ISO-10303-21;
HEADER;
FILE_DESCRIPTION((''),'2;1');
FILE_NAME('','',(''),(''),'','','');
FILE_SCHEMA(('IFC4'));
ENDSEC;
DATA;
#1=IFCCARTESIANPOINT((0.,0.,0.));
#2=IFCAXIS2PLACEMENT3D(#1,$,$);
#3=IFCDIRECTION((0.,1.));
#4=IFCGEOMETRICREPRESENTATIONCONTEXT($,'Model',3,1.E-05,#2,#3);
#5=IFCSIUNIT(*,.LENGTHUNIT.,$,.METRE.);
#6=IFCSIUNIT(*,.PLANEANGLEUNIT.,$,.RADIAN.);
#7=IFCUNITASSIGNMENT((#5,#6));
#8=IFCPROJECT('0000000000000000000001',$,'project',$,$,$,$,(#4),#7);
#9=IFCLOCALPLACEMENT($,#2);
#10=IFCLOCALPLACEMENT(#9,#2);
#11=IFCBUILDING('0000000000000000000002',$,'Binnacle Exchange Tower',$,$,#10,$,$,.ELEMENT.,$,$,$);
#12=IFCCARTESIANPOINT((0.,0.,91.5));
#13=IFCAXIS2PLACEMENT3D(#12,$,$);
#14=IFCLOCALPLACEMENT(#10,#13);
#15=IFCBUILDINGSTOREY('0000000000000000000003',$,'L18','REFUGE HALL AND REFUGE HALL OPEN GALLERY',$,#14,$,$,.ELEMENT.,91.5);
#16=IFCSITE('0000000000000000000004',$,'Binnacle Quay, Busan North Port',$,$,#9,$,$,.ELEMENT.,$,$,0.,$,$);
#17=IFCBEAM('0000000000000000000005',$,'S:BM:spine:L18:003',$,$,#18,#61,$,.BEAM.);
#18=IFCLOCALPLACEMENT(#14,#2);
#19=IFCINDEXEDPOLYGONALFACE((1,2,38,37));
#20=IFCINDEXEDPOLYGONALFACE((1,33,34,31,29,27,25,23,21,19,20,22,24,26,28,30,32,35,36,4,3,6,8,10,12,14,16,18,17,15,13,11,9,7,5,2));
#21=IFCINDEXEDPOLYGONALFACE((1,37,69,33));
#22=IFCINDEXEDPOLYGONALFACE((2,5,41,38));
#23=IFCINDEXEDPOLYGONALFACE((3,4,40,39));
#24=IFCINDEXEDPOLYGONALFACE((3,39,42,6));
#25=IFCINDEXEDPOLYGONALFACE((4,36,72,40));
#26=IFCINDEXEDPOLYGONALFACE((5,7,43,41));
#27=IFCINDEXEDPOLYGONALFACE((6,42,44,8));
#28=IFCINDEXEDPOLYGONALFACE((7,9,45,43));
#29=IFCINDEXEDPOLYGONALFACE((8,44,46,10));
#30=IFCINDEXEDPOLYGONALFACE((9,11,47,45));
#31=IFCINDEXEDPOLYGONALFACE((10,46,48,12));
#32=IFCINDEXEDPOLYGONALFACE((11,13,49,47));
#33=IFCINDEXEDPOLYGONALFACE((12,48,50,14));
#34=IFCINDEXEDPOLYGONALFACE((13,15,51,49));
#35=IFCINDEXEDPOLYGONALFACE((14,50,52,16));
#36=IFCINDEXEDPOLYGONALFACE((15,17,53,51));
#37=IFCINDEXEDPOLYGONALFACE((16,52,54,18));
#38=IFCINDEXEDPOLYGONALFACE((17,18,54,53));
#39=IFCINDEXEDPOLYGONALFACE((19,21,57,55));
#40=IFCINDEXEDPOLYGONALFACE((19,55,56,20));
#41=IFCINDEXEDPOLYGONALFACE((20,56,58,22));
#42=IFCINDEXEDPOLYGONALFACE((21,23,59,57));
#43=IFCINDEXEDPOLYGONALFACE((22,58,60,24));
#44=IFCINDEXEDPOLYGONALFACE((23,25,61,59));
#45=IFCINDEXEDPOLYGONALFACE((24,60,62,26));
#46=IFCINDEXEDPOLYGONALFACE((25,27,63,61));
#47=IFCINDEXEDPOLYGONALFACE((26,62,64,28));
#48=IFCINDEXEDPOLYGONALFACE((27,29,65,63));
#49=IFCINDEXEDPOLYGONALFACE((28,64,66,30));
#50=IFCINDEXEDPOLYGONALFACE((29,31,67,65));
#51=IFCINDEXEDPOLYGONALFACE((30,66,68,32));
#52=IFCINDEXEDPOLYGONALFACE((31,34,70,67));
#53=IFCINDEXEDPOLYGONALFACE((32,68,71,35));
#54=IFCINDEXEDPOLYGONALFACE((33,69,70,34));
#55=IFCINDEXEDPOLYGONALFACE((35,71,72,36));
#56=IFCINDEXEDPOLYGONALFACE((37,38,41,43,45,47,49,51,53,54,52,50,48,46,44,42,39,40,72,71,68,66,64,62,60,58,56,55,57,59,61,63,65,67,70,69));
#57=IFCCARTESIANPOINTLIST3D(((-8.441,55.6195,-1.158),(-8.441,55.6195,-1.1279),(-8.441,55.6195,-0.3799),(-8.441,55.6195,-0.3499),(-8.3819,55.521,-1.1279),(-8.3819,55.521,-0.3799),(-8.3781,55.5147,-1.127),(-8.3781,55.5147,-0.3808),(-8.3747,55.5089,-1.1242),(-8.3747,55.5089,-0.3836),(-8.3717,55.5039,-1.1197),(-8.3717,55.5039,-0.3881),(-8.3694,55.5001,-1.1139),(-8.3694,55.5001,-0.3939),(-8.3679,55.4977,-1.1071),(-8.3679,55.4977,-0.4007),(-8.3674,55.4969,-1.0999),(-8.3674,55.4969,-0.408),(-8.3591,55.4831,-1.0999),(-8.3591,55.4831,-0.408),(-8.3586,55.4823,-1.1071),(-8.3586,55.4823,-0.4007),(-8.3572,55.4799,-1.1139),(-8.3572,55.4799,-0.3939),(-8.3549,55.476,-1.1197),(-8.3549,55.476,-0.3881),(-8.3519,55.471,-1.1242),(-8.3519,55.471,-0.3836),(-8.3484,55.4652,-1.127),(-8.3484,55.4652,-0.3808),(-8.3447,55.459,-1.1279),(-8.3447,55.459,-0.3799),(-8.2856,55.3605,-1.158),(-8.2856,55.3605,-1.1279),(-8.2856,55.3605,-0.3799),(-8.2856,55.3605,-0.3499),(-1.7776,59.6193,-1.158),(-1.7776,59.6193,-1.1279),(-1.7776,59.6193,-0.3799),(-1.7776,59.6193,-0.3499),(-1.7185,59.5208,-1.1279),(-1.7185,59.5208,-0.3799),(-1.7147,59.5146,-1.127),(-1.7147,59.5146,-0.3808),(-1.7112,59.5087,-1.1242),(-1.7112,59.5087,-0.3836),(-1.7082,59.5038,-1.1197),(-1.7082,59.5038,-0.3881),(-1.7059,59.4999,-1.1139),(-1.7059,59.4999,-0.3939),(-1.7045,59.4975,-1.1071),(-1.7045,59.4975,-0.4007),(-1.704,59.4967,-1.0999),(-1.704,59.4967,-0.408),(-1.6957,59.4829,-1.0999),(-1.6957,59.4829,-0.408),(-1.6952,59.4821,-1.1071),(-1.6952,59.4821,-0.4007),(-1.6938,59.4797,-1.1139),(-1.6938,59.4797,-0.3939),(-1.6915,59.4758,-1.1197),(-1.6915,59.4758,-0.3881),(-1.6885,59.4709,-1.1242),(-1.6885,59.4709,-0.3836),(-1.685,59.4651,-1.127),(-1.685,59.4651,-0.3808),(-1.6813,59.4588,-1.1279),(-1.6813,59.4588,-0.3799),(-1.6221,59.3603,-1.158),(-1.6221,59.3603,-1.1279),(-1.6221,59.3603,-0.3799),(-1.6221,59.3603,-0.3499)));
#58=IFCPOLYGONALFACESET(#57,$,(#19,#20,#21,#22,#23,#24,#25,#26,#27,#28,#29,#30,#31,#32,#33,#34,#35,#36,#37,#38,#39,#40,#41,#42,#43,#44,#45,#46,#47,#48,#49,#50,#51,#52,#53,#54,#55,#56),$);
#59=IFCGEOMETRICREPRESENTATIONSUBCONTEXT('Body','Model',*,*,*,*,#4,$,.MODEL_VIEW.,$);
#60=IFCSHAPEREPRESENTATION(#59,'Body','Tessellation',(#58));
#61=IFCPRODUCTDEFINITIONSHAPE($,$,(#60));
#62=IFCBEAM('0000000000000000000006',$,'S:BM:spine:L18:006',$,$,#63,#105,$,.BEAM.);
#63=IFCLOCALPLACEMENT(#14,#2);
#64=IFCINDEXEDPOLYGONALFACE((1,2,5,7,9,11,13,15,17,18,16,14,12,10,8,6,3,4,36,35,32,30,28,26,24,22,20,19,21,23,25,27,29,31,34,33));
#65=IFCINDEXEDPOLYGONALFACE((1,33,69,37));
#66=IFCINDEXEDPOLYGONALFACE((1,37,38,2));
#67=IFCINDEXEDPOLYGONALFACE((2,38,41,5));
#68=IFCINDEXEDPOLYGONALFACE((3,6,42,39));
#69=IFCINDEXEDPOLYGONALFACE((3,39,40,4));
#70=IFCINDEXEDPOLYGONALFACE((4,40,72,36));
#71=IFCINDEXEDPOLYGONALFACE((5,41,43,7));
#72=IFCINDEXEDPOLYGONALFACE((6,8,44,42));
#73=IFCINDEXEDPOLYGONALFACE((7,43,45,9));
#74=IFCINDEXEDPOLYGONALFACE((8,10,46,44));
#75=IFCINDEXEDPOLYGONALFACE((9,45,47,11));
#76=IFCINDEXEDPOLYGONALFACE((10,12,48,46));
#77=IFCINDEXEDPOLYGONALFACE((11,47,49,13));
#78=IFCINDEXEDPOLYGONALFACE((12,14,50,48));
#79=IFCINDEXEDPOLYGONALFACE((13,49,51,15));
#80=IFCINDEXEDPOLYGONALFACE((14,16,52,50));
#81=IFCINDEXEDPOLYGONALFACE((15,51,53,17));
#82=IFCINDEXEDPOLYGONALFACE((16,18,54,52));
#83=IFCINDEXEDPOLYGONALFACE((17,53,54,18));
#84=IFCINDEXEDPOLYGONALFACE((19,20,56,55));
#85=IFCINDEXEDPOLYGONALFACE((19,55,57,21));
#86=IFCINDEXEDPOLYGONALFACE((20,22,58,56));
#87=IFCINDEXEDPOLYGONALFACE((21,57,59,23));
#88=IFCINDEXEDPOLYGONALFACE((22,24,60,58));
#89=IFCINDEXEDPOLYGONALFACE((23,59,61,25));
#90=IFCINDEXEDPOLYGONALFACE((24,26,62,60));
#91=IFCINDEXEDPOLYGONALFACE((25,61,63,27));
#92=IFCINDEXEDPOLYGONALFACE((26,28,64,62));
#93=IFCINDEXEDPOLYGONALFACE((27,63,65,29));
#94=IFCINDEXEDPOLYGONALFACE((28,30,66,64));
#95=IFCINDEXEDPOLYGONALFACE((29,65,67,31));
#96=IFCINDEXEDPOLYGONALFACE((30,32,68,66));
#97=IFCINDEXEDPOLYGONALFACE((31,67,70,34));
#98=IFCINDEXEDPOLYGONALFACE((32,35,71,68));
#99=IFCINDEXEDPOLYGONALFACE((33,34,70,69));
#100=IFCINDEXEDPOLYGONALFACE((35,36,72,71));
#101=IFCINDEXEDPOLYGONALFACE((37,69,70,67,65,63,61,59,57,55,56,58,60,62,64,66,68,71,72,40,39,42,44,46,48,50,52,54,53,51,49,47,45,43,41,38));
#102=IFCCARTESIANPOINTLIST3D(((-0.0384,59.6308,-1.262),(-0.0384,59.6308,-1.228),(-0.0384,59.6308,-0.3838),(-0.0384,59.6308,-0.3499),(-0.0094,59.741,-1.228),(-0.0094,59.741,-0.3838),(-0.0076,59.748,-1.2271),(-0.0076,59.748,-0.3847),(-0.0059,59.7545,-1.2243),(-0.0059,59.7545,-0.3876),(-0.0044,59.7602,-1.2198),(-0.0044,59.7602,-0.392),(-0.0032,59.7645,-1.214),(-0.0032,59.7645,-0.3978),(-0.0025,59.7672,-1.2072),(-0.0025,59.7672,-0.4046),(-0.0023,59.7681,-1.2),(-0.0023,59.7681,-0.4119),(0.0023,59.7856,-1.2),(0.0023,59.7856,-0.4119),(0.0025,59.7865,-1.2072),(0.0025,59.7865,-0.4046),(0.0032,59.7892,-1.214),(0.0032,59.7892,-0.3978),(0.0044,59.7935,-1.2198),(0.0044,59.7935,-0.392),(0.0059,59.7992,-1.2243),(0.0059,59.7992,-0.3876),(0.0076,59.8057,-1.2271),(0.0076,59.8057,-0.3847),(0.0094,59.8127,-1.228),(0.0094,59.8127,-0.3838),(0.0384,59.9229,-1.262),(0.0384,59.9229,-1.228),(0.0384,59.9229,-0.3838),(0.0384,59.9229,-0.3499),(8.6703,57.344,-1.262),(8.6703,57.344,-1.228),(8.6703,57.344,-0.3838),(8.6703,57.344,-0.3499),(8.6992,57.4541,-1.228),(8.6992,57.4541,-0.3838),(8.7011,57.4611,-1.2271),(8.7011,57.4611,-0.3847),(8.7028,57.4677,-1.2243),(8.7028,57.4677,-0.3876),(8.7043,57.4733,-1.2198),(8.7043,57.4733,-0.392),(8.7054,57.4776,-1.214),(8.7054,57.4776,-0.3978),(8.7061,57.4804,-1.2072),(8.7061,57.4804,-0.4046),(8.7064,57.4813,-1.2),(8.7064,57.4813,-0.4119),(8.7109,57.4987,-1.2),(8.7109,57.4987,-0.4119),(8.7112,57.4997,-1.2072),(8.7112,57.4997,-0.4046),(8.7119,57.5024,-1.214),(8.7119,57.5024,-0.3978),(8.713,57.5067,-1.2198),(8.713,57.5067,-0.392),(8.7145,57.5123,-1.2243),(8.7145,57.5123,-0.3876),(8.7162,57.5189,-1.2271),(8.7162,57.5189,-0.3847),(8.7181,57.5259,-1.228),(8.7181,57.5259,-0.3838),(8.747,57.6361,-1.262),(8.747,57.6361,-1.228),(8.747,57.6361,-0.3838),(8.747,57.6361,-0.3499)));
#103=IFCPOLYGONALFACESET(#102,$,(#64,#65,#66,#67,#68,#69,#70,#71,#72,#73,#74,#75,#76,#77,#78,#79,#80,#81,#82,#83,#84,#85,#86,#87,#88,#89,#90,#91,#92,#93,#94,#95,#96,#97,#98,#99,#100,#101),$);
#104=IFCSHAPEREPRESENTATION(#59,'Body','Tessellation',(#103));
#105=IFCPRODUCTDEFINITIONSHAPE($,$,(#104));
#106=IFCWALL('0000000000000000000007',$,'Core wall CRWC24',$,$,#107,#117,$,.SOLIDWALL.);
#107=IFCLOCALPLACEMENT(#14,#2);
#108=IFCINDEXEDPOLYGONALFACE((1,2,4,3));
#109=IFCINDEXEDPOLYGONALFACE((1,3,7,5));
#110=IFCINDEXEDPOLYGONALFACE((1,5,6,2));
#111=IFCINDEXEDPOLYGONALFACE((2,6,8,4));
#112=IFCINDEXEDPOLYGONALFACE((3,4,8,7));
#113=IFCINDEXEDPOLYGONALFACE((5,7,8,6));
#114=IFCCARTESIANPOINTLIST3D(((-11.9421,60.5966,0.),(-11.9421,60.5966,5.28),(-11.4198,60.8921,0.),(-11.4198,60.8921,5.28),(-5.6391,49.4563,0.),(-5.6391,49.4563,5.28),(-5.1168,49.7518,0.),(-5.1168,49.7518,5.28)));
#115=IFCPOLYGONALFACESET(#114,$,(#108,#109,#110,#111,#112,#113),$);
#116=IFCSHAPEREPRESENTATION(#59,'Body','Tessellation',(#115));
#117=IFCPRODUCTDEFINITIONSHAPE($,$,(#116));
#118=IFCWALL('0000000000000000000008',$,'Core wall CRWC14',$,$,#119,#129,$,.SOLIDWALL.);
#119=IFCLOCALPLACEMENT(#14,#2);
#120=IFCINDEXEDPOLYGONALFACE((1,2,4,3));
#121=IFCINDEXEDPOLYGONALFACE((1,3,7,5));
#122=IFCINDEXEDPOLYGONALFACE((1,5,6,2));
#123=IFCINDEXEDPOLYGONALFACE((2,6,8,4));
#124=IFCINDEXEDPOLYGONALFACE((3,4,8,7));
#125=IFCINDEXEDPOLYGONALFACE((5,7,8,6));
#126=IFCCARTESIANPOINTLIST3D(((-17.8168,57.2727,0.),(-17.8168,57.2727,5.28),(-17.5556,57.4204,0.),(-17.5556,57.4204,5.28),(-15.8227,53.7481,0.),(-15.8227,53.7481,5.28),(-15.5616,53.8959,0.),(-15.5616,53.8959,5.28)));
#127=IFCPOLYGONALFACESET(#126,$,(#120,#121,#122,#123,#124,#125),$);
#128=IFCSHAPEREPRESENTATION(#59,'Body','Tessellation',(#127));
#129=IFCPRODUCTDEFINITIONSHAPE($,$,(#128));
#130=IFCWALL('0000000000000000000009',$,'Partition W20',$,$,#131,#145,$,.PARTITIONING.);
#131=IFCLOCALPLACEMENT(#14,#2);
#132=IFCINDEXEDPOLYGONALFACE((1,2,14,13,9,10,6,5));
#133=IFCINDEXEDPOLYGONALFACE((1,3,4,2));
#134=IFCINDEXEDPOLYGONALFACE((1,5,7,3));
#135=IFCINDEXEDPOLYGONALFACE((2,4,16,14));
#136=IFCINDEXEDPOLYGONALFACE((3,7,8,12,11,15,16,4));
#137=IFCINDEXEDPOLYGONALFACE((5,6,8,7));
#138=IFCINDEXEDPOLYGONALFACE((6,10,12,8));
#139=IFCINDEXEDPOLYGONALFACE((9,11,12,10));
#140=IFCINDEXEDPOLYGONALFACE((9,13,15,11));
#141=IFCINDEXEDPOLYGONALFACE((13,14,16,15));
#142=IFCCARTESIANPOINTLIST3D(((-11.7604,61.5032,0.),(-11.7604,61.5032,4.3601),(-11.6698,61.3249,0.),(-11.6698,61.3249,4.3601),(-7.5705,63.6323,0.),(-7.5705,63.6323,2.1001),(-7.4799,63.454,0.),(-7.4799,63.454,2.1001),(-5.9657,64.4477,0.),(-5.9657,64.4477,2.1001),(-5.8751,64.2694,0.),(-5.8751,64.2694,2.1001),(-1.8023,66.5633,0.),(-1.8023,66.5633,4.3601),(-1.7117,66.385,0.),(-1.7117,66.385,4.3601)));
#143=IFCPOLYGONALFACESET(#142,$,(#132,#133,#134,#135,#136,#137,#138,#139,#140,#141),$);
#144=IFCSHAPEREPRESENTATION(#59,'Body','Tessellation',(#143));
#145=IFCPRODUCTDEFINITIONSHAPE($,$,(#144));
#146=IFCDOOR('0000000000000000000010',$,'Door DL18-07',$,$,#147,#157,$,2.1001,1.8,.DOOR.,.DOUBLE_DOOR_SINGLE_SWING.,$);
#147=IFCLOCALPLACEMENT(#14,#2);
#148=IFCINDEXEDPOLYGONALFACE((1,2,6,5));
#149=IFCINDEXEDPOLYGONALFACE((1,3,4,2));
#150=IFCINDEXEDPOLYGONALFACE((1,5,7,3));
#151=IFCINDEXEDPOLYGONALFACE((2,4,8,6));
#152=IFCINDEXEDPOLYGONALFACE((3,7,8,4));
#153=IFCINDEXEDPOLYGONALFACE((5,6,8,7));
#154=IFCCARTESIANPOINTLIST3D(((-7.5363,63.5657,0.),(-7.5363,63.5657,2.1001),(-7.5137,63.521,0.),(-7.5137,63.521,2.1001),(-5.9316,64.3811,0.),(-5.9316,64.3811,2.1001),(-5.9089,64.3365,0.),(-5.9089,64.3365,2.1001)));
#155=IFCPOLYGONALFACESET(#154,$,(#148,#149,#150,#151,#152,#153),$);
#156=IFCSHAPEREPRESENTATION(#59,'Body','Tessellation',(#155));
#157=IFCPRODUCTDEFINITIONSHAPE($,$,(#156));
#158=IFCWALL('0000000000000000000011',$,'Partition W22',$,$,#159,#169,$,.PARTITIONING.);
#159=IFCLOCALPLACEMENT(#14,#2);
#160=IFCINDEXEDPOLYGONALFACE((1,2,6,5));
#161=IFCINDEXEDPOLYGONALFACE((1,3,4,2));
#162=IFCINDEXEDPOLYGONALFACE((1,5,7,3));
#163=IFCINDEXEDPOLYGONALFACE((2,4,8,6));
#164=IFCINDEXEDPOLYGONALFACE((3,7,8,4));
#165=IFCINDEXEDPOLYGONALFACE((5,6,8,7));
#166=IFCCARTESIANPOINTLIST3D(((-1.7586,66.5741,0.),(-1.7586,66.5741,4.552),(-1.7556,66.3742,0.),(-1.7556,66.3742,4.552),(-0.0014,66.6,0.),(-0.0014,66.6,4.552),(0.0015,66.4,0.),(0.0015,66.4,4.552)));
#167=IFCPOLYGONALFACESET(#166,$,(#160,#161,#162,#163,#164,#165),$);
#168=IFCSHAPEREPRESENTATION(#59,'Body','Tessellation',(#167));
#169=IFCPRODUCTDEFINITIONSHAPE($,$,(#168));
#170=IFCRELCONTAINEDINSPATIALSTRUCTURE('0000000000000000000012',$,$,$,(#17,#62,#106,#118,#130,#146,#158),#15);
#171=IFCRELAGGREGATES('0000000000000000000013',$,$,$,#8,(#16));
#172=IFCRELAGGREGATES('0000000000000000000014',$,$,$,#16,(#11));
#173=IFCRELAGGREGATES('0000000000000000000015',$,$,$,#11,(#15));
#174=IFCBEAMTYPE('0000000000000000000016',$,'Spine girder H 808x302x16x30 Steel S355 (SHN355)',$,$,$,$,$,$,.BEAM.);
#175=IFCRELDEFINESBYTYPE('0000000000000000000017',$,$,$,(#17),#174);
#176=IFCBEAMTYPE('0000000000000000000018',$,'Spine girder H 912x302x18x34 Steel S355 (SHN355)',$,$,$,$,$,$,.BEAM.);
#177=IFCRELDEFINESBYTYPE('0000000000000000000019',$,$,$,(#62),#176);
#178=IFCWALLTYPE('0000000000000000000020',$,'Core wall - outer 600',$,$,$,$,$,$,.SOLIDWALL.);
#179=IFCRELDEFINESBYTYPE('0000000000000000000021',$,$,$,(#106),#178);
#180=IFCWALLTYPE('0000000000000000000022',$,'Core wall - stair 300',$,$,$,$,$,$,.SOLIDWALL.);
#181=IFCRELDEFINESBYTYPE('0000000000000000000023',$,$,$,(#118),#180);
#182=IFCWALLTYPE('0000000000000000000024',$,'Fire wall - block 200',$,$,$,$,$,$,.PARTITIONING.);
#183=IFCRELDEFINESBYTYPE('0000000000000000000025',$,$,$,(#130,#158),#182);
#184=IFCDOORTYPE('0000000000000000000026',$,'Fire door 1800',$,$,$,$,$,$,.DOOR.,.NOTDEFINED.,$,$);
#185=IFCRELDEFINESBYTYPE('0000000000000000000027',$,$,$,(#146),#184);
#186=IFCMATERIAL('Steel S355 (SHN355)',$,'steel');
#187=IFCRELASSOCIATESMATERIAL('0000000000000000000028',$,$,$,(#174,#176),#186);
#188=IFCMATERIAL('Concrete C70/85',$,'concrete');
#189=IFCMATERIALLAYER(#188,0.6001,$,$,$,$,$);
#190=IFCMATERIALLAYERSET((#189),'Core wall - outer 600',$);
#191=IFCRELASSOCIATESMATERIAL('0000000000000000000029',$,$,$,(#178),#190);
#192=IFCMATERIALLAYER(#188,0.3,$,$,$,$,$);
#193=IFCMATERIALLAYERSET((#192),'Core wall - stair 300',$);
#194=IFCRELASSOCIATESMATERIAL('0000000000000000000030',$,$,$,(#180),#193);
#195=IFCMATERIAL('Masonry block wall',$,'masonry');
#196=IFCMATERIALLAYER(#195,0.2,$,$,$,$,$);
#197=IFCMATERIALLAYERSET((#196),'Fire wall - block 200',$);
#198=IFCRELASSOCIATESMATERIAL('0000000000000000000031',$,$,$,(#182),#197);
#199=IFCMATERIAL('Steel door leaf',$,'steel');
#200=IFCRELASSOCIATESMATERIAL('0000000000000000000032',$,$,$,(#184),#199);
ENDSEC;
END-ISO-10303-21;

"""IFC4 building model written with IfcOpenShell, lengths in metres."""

from ifc_helpers import new_model, si_unit, direction, frame, frame_2d, origin, origin_2d, place, context, subcontext, project, spatial, rectangle, i_section, extrude, material, layer, layer_set, material_profile, profile_set, type_object, element, fill, save


model = new_model("IFC4")

# Units and contexts
model_context = context("Model", 3, precision=1e-05, world=origin(), true_north=direction((0.0, 1.0)))
body_context = subcontext(model_context, "Body", "Model", "MODEL_VIEW")
ifc_project = project(units=[si_unit("LENGTHUNIT", "METRE"), si_unit("PLANEANGLEUNIT", "RADIAN")], contexts=[model_context])

# Site, building, storey
site_placement = place(None, origin())
site = spatial("IfcSite", under=ifc_project, at=site_placement, Name="Binnacle Quay, Busan North Port", CompositionType="ELEMENT", RefElevation=0.0)
building_placement = place(site_placement, origin())
building = spatial("IfcBuilding", under=site, at=building_placement, Name="Binnacle Exchange Tower", CompositionType="ELEMENT")
storey_placement = place(building_placement, frame((0.0, 0.0, 91.5)))
storey = spatial("IfcBuildingStorey", under=building, at=storey_placement, Name="L18", Description="REFUGE HALL AND REFUGE HALL OPEN GALLERY", CompositionType="ELEMENT", Elevation=91.5)

# Shared definitions
ifc_material_1 = material(Name="Concrete C70/85", Category="concrete")

# Beams
ifc_material_2 = material(Name="Steel S355 (SHN355)", Category="steel")
ifc_material_profile_1 = material_profile(ifc_material_2, i_section(OverallWidth=0.302, OverallDepth=0.8081, WebThickness=0.0161, FlangeThickness=0.03, FilletRadius=0.0281, at=origin_2d()), Name="H 808x302x16x30")
ifc_profile_set_1 = profile_set([ifc_material_profile_1], Name="Steel S355 (SHN355)")
beam_type_1 = type_object("IfcBeamType", Name="Spine girder H 808x302x16x30 Steel S355 (SHN355)", PredefinedType="BEAM", material=ifc_profile_set_1)
beam_1_placement = place(storey_placement, frame((-8.3633, 55.49, -0.7539), z_axis=(0.857393, 0.514662, 0.0), x_axis=(-0.514662, 0.857393, 0.0)))
element("IfcBeam", 1, at=beam_1_placement, inside=storey, type_object=beam_type_1, Name="S:BM:spine:L18:003", PredefinedType="BEAM", context=body_context, shape_type="SweptSolid", body=[
    extrude(i_section(OverallWidth=0.302, OverallDepth=0.8081, WebThickness=0.0161, FlangeThickness=0.03, FilletRadius=0.0281, at=origin_2d()), origin(), (0.0, 0.0, 1.0), 7.7717),
])
ifc_material_profile_2 = material_profile(ifc_material_2, i_section(OverallWidth=0.302, OverallDepth=0.9121, WebThickness=0.0181, FlangeThickness=0.0339, FilletRadius=0.0281, at=origin_2d()), Name="H 912x302x18x34")
ifc_profile_set_2 = profile_set([ifc_material_profile_2], Name="Steel S355 (SHN355)")
beam_type_2 = type_object("IfcBeamType", Name="Spine girder H 912x302x18x34 Steel S355 (SHN355)", PredefinedType="BEAM", material=ifc_profile_set_2)
beam_2_placement = place(storey_placement, frame((0.0, 59.7769, -0.8059), z_axis=(0.967209, -0.253983, 0.0), x_axis=(0.253983, 0.967209, 0.0)))
element("IfcBeam", 2, at=beam_2_placement, inside=storey, type_object=beam_type_2, Name="S:BM:spine:L18:006", PredefinedType="BEAM", context=body_context, shape_type="SweptSolid", body=[
    extrude(i_section(OverallWidth=0.302, OverallDepth=0.9121, WebThickness=0.0181, FlangeThickness=0.0339, FilletRadius=0.0281, at=origin_2d()), origin(), (0.0, 0.0, 1.0), 9.0039),
])

# Walls
ifc_layer_1 = layer(ifc_material_1, 0.6001)
ifc_layer_set_1 = layer_set([ifc_layer_1], Name="Core wall - outer 600")
wall_type_1 = type_object("IfcWallType", Name="Core wall - outer 600", PredefinedType="SOLIDWALL", material=ifc_layer_set_1)
wall_1_placement = place(storey_placement, frame((-11.6809, 60.7444, 0.0), z_axis=(0.0, 0.0, 1.0), x_axis=(0.492427, -0.870354, 0.0)))
element("IfcWall", 3, at=wall_1_placement, inside=storey, type_object=wall_type_1, Name="Core wall CRWC24", PredefinedType="SOLIDWALL", context=body_context, shape_type="SweptSolid", body=[
    extrude(rectangle(XDim=12.7998, YDim=0.6001, at=frame_2d((6.3999, 0.0))), origin(), (0.0, 0.0, 1.0), 5.28),
])
ifc_layer_2 = layer(ifc_material_1, 0.3)
ifc_layer_set_2 = layer_set([ifc_layer_2], Name="Core wall - stair 300")
wall_type_2 = type_object("IfcWallType", Name="Core wall - stair 300", PredefinedType="SOLIDWALL", material=ifc_layer_set_2)
wall_2_placement = place(storey_placement, frame((-17.6863, 57.3467, 0.0), z_axis=(0.0, 0.0, 1.0), x_axis=(0.492421, -0.870357, 0.0)))
element("IfcWall", 4, at=wall_2_placement, inside=storey, type_object=wall_type_2, Name="Core wall CRWC14", PredefinedType="SOLIDWALL", context=body_context, shape_type="SweptSolid", body=[
    extrude(rectangle(XDim=4.0496, YDim=0.3, at=frame_2d((2.0249, 0.0))), origin(), (0.0, 0.0, 1.0), 5.28),
])

# Wall, opening, door
ifc_material_3 = material(Name="Masonry block wall", Category="masonry")
ifc_layer_3 = layer(ifc_material_3, 0.2)
ifc_layer_set_3 = layer_set([ifc_layer_3], Name="Fire wall - block 200")
wall_type_3 = type_object("IfcWallType", Name="Fire wall - block 200", PredefinedType="PARTITIONING", material=ifc_layer_set_3)
wall_3_placement = place(storey_placement, frame((-11.7151, 61.4141, 0.0), z_axis=(0.0, 0.0, 1.0), x_axis=(0.891506, 0.453009, 0.0)))
wall_3 = element("IfcWall", 5, at=wall_3_placement, inside=storey, type_object=wall_type_3, Name="Partition W20", PredefinedType="PARTITIONING", context=body_context, shape_type="SweptSolid", body=[
    extrude(rectangle(XDim=11.1699, YDim=0.2, at=frame_2d((5.585, 0.0))), origin(), (0.0, 0.0, 1.0), 4.3601),
])
opening_1_placement = place(wall_3_placement, frame((4.7, 0.0, 0.0)))
opening_1 = element("IfcOpeningElement", 6, at=opening_1_placement, cuts=wall_3, PredefinedType="OPENING", context=body_context, shape_type="SweptSolid", body=[
    extrude(rectangle(XDim=1.8, YDim=2.1001, at=frame_2d((0.8999, 1.05))), frame((0.0, 0.1099, 0.0), z_axis=(0.0, -1.0, 0.0), x_axis=(1.0, 0.0, 0.0)), (0.0, 0.0, 1.0), 0.22),
])
ifc_material_4 = material(Name="Steel door leaf", Category="steel")
door_type_1 = type_object("IfcDoorType", Name="Fire door 1800", OperationType="NOTDEFINED", PredefinedType="DOOR", material=ifc_material_4)
door_1_placement = place(opening_1_placement, frame((1.8, 0.0, 0.0), z_axis=(0.0, 0.0, 1.0), x_axis=(-1.0, 0.0, 0.0)))
door_1 = element("IfcDoor", 7, at=door_1_placement, inside=storey, type_object=door_type_1, Name="Door DL18-07", OperationType="DOUBLE_DOOR_SINGLE_SWING", OverallHeight=2.1001, OverallWidth=1.8, PredefinedType="DOOR", context=body_context, shape_type="SweptSolid", body=[
    extrude(rectangle(XDim=1.8, YDim=2.1001, at=frame_2d((0.8999, 1.05))), frame((0.0, 0.0249, 0.0), z_axis=(0.0, -1.0, 0.0), x_axis=(1.0, 0.0, 0.0)), (0.0, 0.0, 1.0), 0.05),
])
fill(opening_1, door_1)

# Wall
wall_4_placement = place(storey_placement, frame((-1.7571, 66.4741, 0.0), z_axis=(0.0, 0.0, 1.0), x_axis=(0.999892, 0.014727, 0.0)))
element("IfcWall", 8, at=wall_4_placement, inside=storey, type_object=wall_type_3, Name="Partition W22", PredefinedType="PARTITIONING", context=body_context, shape_type="SweptSolid", body=[
    extrude(rectangle(XDim=1.7573, YDim=0.2, at=frame_2d((0.8787, 0.0))), origin(), (0.0, 0.0, 1.0), 4.552),
])

save(model, "model.ifc")
